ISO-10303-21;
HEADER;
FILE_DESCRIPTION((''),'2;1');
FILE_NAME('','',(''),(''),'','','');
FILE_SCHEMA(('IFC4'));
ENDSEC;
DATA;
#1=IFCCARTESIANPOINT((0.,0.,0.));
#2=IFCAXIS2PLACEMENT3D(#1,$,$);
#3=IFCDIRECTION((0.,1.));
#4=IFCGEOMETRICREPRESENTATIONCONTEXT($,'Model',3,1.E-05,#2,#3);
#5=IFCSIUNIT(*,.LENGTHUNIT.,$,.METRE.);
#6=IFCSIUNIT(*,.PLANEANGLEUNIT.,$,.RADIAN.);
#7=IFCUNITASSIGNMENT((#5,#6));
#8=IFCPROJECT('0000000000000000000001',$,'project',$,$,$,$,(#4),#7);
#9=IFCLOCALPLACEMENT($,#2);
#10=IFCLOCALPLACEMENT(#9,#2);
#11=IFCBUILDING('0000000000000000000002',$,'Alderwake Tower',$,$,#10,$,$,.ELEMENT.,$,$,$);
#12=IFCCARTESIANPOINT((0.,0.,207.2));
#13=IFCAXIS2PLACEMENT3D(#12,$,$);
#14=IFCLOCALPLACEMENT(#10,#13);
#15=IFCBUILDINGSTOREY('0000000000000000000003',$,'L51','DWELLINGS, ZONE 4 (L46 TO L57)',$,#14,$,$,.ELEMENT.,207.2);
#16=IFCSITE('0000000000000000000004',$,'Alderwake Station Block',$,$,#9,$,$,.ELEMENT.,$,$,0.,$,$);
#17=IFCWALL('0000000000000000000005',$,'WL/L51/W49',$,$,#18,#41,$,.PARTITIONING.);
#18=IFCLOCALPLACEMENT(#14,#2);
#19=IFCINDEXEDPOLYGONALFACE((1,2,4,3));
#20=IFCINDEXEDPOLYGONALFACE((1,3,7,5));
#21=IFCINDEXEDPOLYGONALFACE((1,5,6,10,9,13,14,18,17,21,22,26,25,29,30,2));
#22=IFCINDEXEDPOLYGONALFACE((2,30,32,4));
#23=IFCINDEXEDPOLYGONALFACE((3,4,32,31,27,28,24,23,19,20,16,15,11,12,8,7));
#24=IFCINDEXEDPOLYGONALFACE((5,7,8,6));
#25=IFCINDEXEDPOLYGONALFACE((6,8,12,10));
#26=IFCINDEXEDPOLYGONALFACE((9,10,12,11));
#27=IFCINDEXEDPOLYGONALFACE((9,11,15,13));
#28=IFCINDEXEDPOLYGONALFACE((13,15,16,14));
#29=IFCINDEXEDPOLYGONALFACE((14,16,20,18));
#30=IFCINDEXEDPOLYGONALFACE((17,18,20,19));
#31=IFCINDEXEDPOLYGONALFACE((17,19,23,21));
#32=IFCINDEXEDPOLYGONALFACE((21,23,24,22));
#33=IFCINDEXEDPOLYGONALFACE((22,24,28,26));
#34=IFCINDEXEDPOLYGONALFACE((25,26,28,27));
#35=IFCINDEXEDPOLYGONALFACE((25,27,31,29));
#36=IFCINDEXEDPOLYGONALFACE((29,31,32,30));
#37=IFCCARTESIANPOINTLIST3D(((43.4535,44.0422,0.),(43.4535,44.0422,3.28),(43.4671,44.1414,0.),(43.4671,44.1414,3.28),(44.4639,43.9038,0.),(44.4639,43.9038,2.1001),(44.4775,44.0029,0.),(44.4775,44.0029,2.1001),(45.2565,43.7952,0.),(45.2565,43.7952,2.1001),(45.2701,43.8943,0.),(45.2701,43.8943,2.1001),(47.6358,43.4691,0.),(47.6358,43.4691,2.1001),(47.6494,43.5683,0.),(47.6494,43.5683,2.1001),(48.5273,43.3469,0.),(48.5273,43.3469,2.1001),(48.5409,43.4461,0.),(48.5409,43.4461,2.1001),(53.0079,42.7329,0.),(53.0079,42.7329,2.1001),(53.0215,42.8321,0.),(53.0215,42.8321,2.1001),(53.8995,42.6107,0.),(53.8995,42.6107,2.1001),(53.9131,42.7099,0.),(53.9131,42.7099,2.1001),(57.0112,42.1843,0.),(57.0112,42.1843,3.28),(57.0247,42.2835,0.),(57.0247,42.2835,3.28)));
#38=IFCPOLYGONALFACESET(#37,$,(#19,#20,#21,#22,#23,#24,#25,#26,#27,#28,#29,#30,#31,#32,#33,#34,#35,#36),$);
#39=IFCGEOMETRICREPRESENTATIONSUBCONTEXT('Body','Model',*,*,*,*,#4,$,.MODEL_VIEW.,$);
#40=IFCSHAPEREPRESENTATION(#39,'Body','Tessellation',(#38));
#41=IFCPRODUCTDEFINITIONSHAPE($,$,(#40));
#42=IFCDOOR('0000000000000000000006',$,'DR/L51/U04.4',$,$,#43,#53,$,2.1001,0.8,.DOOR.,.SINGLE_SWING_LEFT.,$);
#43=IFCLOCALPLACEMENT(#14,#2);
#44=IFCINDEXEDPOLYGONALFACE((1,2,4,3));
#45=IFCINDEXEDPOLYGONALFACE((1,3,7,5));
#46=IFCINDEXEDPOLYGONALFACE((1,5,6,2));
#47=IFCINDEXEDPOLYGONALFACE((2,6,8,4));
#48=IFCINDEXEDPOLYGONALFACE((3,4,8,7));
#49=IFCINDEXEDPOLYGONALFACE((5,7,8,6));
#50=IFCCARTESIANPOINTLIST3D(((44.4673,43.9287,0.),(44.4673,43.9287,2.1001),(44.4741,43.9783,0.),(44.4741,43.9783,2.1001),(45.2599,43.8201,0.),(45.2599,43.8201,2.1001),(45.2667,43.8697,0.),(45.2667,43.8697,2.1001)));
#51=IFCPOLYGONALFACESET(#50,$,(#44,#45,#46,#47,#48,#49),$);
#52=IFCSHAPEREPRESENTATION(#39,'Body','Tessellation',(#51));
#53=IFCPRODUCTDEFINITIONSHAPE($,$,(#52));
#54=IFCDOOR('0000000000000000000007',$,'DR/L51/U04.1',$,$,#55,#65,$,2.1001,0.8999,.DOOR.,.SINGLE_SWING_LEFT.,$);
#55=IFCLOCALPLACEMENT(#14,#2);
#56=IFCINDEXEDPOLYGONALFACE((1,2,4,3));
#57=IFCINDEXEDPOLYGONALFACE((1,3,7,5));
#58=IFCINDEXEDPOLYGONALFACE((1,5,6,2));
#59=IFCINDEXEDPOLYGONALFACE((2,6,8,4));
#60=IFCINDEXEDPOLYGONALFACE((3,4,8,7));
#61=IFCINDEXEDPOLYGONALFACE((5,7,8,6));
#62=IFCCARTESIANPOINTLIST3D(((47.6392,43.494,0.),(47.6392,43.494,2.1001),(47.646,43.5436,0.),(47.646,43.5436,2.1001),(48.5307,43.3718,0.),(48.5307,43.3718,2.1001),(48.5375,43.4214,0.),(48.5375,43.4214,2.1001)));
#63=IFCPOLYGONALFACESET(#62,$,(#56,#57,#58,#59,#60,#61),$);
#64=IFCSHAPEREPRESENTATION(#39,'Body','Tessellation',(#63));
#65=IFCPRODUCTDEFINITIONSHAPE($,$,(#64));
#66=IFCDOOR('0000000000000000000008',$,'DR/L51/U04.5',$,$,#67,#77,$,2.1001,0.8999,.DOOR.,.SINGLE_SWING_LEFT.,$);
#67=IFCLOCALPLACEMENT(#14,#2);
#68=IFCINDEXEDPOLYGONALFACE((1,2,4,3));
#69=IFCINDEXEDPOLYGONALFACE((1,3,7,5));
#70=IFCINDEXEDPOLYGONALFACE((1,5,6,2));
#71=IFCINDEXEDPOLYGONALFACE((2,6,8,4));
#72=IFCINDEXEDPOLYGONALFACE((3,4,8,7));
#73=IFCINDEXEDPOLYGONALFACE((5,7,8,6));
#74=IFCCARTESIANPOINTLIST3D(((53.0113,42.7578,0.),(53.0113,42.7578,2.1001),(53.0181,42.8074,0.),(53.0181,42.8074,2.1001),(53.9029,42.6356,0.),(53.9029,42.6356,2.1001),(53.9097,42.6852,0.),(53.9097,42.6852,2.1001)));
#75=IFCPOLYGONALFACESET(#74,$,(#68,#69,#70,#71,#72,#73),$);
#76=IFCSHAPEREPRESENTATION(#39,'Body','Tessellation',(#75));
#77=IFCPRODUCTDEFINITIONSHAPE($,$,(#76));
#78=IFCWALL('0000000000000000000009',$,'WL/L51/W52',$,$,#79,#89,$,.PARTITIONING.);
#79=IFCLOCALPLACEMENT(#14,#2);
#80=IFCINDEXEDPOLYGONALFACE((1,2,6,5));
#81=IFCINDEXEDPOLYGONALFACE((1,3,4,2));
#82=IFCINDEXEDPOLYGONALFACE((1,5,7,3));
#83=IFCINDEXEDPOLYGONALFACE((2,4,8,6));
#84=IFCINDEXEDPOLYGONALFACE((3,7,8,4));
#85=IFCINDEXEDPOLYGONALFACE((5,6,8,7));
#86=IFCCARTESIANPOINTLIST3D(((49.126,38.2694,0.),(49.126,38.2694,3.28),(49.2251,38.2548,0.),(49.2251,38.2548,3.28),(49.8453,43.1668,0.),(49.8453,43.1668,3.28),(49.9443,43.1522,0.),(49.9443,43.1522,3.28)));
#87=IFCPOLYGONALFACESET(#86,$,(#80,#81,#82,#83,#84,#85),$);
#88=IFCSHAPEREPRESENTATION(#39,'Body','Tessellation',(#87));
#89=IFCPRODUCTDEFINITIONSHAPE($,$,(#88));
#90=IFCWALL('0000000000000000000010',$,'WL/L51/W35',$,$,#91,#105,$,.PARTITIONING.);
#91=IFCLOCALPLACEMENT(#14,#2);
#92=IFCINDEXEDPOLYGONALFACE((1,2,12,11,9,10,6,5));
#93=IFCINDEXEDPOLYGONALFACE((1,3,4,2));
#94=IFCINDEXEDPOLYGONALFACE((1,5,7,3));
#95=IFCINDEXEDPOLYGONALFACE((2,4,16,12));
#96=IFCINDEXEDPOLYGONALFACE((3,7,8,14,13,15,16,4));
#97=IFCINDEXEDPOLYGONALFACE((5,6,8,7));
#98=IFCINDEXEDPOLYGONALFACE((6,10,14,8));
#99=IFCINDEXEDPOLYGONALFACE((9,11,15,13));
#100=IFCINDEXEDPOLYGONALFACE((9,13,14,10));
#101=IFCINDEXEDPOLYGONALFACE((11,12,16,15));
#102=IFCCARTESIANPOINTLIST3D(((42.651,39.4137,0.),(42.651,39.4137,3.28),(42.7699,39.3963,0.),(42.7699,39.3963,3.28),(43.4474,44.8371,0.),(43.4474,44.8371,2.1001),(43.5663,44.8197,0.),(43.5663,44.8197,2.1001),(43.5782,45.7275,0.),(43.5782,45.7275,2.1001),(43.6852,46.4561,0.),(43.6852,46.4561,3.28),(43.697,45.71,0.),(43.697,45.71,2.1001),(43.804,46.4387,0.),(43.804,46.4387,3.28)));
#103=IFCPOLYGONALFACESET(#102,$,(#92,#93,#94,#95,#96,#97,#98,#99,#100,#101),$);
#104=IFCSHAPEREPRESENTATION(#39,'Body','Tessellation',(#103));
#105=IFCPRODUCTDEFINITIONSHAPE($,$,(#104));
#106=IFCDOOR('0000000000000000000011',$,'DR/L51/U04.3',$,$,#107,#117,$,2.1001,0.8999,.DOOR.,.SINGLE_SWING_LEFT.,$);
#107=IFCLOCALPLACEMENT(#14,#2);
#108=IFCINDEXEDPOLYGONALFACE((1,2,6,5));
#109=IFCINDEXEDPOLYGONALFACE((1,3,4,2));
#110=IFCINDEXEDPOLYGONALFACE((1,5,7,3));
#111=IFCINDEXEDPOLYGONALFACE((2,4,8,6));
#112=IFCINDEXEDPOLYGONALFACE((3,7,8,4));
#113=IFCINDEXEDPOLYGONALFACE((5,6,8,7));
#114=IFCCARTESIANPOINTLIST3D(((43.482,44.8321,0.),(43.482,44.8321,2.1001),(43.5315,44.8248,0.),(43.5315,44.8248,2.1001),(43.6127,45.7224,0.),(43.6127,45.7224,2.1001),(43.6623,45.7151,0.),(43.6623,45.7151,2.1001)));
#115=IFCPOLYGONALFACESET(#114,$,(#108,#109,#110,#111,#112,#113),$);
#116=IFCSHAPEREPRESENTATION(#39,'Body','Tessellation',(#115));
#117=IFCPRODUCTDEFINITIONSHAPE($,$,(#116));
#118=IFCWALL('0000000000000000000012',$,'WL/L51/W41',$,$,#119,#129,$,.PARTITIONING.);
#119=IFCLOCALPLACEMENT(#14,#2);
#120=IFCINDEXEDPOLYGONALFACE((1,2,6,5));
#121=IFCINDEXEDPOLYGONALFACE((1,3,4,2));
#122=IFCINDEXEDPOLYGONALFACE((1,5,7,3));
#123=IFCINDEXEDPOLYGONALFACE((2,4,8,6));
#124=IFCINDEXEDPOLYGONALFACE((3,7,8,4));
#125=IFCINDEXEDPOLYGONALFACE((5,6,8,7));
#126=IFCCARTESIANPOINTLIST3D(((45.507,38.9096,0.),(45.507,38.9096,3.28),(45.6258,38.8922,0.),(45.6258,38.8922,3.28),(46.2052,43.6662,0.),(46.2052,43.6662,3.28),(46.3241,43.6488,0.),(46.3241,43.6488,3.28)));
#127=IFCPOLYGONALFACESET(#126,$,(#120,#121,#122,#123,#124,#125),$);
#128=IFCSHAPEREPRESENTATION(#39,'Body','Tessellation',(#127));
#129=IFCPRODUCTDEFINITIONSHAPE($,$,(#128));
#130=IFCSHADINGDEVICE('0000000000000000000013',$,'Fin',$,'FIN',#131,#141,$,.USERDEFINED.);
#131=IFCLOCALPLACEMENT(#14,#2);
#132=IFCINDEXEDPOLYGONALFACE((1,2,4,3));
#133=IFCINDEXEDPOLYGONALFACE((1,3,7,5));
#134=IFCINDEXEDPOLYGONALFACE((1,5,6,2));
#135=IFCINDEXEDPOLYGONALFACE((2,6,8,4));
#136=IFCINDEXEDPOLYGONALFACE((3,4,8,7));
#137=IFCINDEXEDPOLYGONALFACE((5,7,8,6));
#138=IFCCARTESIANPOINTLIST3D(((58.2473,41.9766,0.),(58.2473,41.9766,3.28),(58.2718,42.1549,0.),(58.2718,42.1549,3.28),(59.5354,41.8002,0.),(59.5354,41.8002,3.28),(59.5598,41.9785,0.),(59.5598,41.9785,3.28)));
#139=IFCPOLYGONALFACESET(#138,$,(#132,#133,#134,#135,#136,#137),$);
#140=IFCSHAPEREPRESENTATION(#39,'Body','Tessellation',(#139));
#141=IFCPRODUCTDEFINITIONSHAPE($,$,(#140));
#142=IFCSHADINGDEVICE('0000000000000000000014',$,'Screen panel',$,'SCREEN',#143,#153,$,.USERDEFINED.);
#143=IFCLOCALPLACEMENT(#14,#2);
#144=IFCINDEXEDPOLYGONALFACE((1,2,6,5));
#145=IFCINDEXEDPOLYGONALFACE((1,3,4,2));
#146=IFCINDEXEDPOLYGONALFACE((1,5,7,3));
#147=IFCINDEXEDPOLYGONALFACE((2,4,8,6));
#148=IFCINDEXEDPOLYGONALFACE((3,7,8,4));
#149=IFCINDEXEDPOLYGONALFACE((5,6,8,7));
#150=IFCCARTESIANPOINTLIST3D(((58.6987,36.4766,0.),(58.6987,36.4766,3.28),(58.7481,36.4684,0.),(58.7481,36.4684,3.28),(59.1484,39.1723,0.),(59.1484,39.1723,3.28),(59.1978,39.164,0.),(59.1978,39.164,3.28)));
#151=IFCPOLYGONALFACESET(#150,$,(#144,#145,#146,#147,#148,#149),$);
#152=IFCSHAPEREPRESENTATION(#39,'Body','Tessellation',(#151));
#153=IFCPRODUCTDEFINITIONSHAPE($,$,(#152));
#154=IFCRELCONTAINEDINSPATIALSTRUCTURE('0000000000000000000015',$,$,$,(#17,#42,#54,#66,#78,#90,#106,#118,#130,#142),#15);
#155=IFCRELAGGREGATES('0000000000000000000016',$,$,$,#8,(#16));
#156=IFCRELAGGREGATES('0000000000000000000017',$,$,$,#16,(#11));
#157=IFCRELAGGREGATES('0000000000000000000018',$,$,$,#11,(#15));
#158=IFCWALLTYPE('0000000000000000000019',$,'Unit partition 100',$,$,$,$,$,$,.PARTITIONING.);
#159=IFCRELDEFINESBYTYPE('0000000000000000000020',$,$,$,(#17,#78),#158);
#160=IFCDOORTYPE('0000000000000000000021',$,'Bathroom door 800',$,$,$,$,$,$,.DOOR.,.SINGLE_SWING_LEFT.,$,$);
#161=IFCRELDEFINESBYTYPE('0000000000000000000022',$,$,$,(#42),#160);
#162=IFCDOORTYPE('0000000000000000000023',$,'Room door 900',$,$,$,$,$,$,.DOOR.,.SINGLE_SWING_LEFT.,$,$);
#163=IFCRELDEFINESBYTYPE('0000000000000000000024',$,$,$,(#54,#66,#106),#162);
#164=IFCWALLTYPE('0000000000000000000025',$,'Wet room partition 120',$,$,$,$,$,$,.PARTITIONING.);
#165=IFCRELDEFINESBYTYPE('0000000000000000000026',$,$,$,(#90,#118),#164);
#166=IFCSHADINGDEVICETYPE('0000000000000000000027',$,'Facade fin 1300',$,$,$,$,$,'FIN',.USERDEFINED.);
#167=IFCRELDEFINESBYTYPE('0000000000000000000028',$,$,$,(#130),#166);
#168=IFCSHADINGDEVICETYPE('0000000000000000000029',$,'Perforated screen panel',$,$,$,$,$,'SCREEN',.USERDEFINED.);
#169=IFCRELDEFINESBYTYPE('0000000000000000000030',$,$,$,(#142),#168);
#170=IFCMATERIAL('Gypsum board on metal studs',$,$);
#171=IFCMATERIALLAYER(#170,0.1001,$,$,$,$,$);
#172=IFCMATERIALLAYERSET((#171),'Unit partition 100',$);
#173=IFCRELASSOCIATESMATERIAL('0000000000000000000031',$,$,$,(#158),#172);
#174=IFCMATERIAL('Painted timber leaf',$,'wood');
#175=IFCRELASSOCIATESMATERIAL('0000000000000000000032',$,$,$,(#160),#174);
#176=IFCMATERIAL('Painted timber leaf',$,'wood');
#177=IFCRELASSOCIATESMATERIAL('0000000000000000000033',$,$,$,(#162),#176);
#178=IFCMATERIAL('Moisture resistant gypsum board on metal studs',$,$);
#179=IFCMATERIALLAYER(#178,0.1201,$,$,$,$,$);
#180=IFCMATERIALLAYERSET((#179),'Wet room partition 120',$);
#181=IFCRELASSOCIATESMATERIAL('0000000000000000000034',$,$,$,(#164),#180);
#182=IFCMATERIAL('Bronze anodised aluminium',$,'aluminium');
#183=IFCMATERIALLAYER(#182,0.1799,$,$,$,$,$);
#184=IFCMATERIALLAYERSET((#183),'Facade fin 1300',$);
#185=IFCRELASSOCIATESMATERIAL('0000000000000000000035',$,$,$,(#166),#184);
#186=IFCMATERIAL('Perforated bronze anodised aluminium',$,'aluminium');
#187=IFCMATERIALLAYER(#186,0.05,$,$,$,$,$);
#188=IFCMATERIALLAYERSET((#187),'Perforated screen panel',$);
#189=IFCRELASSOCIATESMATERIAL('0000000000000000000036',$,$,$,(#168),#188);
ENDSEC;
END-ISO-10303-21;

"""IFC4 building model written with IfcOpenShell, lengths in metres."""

from ifc_helpers import new_model, si_unit, direction, frame, frame_2d, origin, origin_2d, place, context, subcontext, project, spatial, rectangle, extrude, material, layer, layer_set, type_object, element, fill, save


model = new_model("IFC4")

# Units and contexts
model_context = context("Model", 3, precision=1e-05, world=origin(), true_north=direction((0.0, 1.0)))
body_context = subcontext(model_context, "Body", "Model", "MODEL_VIEW")
ifc_project = project(units=[si_unit("LENGTHUNIT", "METRE"), si_unit("PLANEANGLEUNIT", "RADIAN")], contexts=[model_context])

# Site, building, storey
site_placement = place(None, origin())
site = spatial("IfcSite", under=ifc_project, at=site_placement, Name="Alderwake Station Block", CompositionType="ELEMENT", RefElevation=0.0)
building_placement = place(site_placement, origin())
building = spatial("IfcBuilding", under=site, at=building_placement, Name="Alderwake Tower", CompositionType="ELEMENT")
storey_placement = place(building_placement, frame((0.0, 0.0, 207.2)))
storey = spatial("IfcBuildingStorey", under=building, at=storey_placement, Name="L51", Description="DWELLINGS, ZONE 4 (L46 TO L57)", CompositionType="ELEMENT", Elevation=207.2)

# Wall, openings, doors
ifc_material_1 = material(Name="Gypsum board on metal studs")
ifc_layer_1 = layer(ifc_material_1, 0.1001)
ifc_layer_set_1 = layer_set([ifc_layer_1], Name="Unit partition 100")
wall_type_1 = type_object("IfcWallType", Name="Unit partition 100", PredefinedType="PARTITIONING", material=ifc_layer_set_1)
wall_1_placement = place(storey_placement, frame((57.0181, 42.2339, 0.0), z_axis=(0.0, 0.0, 1.0), x_axis=(-0.99074, 0.135769, 0.0)))
wall_1 = element("IfcWall", 1, at=wall_1_placement, inside=storey, type_object=wall_type_1, Name="WL/L51/W49", PredefinedType="PARTITIONING", context=body_context, shape_type="SweptSolid", body=[
    extrude(rectangle(XDim=13.6843, YDim=0.1001, at=frame_2d((6.8423, 0.0))), origin(), (0.0, 0.0, 1.0), 3.28),
])
opening_1_placement = place(wall_1_placement, frame((8.5632, 0.0, 0.0)))
opening_1 = element("IfcOpeningElement", 2, at=opening_1_placement, cuts=wall_1, PredefinedType="OPENING", context=body_context, shape_type="SweptSolid", body=[
    extrude(rectangle(XDim=0.8999, YDim=2.1001, at=frame_2d((0.45, 1.05))), frame((0.0, 0.0601, 0.0), z_axis=(0.0, -1.0, 0.0), x_axis=(1.0, 0.0, 0.0)), (0.0, 0.0, 1.0), 0.1201),
])
opening_2_placement = place(wall_1_placement, frame((11.8647, 0.0, 0.0)))
opening_2 = element("IfcOpeningElement", 3, at=opening_2_placement, cuts=wall_1, PredefinedType="OPENING", context=body_context, shape_type="SweptSolid", body=[
    extrude(rectangle(XDim=0.8, YDim=2.1001, at=frame_2d((0.3999, 1.05))), frame((0.0, 0.0601, 0.0), z_axis=(0.0, -1.0, 0.0), x_axis=(1.0, 0.0, 0.0)), (0.0, 0.0, 1.0), 0.1201),
])
opening_3_placement = place(wall_1_placement, frame((3.1409, 0.0, 0.0)))
opening_3 = element("IfcOpeningElement", 4, at=opening_3_placement, cuts=wall_1, PredefinedType="OPENING", context=body_context, shape_type="SweptSolid", body=[
    extrude(rectangle(XDim=0.8999, YDim=2.1001, at=frame_2d((0.45, 1.05))), frame((0.0, 0.0601, 0.0), z_axis=(0.0, -1.0, 0.0), x_axis=(1.0, 0.0, 0.0)), (0.0, 0.0, 1.0), 0.1201),
])
ifc_material_2 = material(Name="Painted timber leaf", Category="wood")
door_type_1 = type_object("IfcDoorType", Name="Bathroom door 800", OperationType="SINGLE_SWING_LEFT", PredefinedType="DOOR", material=ifc_material_2)
door_1_placement = place(opening_2_placement, origin())
door_1 = element("IfcDoor", 5, at=door_1_placement, inside=storey, type_object=door_type_1, Name="DR/L51/U04.4", OperationType="SINGLE_SWING_LEFT", OverallHeight=2.1001, OverallWidth=0.8, PredefinedType="DOOR", context=body_context, shape_type="SweptSolid", body=[
    extrude(rectangle(XDim=0.8, YDim=2.1001, at=frame_2d((0.3999, 1.05))), frame((0.0, 0.0249, 0.0), z_axis=(0.0, -1.0, 0.0), x_axis=(1.0, 0.0, 0.0)), (0.0, 0.0, 1.0), 0.05),
])
fill(opening_2, door_1)
ifc_material_3 = material(Name="Painted timber leaf", Category="wood")
door_type_2 = type_object("IfcDoorType", Name="Room door 900", OperationType="SINGLE_SWING_LEFT", PredefinedType="DOOR", material=ifc_material_3)
door_2_placement = place(opening_1_placement, origin())
door_2 = element("IfcDoor", 6, at=door_2_placement, inside=storey, type_object=door_type_2, Name="DR/L51/U04.1", OperationType="SINGLE_SWING_LEFT", OverallHeight=2.1001, OverallWidth=0.8999, PredefinedType="DOOR", context=body_context, shape_type="SweptSolid", body=[
    extrude(rectangle(XDim=0.8999, YDim=2.1001, at=frame_2d((0.45, 1.05))), frame((0.0, 0.0249, 0.0), z_axis=(0.0, -1.0, 0.0), x_axis=(1.0, 0.0, 0.0)), (0.0, 0.0, 1.0), 0.05),
])
fill(opening_1, door_2)
door_3_placement = place(opening_3_placement, origin())
door_3 = element("IfcDoor", 7, at=door_3_placement, inside=storey, type_object=door_type_2, Name="DR/L51/U04.5", OperationType="SINGLE_SWING_LEFT", OverallHeight=2.1001, OverallWidth=0.8999, PredefinedType="DOOR", context=body_context, shape_type="SweptSolid", body=[
    extrude(rectangle(XDim=0.8999, YDim=2.1001, at=frame_2d((0.45, 1.05))), frame((0.0, 0.0249, 0.0), z_axis=(0.0, -1.0, 0.0), x_axis=(1.0, 0.0, 0.0)), (0.0, 0.0, 1.0), 0.05),
])
fill(opening_3, door_3)

# Wall
wall_2_placement = place(storey_placement, frame((49.1755, 38.262, 0.0), z_axis=(0.0, 0.0, 1.0), x_axis=(0.145301, 0.989388, 0.0)))
element("IfcWall", 8, at=wall_2_placement, inside=storey, type_object=wall_type_1, Name="WL/L51/W52", PredefinedType="PARTITIONING", context=body_context, shape_type="SweptSolid", body=[
    extrude(rectangle(XDim=4.95, YDim=0.1001, at=frame_2d((2.4751, 0.0))), origin(), (0.0, 0.0, 1.0), 3.28),
])

# Wall, opening, door
ifc_material_4 = material(Name="Moisture resistant gypsum board on metal studs")
ifc_layer_2 = layer(ifc_material_4, 0.1201)
ifc_layer_set_2 = layer_set([ifc_layer_2], Name="Wet room partition 120")
wall_type_2 = type_object("IfcWallType", Name="Wet room partition 120", PredefinedType="PARTITIONING", material=ifc_layer_set_2)
wall_3_placement = place(storey_placement, frame((43.7446, 46.4475, 0.0), z_axis=(0.0, 0.0, 1.0), x_axis=(-0.145291, -0.989389, 0.0)))
wall_3 = element("IfcWall", 9, at=wall_3_placement, inside=storey, type_object=wall_type_2, Name="WL/L51/W35", PredefinedType="PARTITIONING", context=body_context, shape_type="SweptSolid", body=[
    extrude(rectangle(XDim=7.1179, YDim=0.1201, at=frame_2d((3.5591, 0.0))), origin(), (0.0, 0.0, 1.0), 3.28),
])
opening_4_placement = place(wall_3_placement, frame((0.7366, 0.0, 0.0)))
opening_4 = element("IfcOpeningElement", 10, at=opening_4_placement, cuts=wall_3, PredefinedType="OPENING", context=body_context, shape_type="SweptSolid", body=[
    extrude(rectangle(XDim=0.8999, YDim=2.1001, at=frame_2d((0.45, 1.05))), frame((0.0, 0.0701, 0.0), z_axis=(0.0, -1.0, 0.0), x_axis=(1.0, 0.0, 0.0)), (0.0, 0.0, 1.0), 0.1401),
])
door_4_placement = place(opening_4_placement, origin())
door_4 = element("IfcDoor", 11, at=door_4_placement, inside=storey, type_object=door_type_2, Name="DR/L51/U04.3", OperationType="SINGLE_SWING_LEFT", OverallHeight=2.1001, OverallWidth=0.8999, PredefinedType="DOOR", context=body_context, shape_type="SweptSolid", body=[
    extrude(rectangle(XDim=0.8999, YDim=2.1001, at=frame_2d((0.45, 1.05))), frame((0.0, 0.0249, 0.0), z_axis=(0.0, -1.0, 0.0), x_axis=(1.0, 0.0, 0.0)), (0.0, 0.0, 1.0), 0.05),
])
fill(opening_4, door_4)

# Wall
wall_4_placement = place(storey_placement, frame((45.5664, 38.9009, 0.0), z_axis=(0.0, 0.0, 1.0), x_axis=(0.145238, 0.989397, 0.0)))
element("IfcWall", 12, at=wall_4_placement, inside=storey, type_object=wall_type_2, Name="WL/L51/W41", PredefinedType="PARTITIONING", context=body_context, shape_type="SweptSolid", body=[
    extrude(rectangle(XDim=4.8076, YDim=0.1201, at=frame_2d((2.4038, 0.0))), origin(), (0.0, 0.0, 1.0), 3.28),
])

# Shading devices
ifc_material_5 = material(Name="Bronze anodised aluminium", Category="aluminium")
ifc_layer_3 = layer(ifc_material_5, 0.1799)
ifc_layer_set_3 = layer_set([ifc_layer_3], Name="Facade fin 1300")
shading_device_type_1 = type_object("IfcShadingDeviceType", Name="Facade fin 1300", ElementType="FIN", PredefinedType="USERDEFINED", material=ifc_layer_set_3)
shading_device_1_placement = place(storey_placement, frame((58.9036, 41.9775, 0.0), z_axis=(0.0, 0.0, 1.0), x_axis=(0.990753, -0.135681, 0.0)))
element("IfcShadingDevice", 13, at=shading_device_1_placement, inside=storey, type_object=shading_device_type_1, Name="Fin", ObjectType="FIN", PredefinedType="USERDEFINED", context=body_context, shape_type="SweptSolid", body=[
    extrude(rectangle(XDim=1.3, YDim=0.1799, at=origin_2d()), origin(), (0.0, 0.0, 1.0), 3.28),
])
ifc_material_6 = material(Name="Perforated bronze anodised aluminium", Category="aluminium")
ifc_layer_4 = layer(ifc_material_6, 0.05)
ifc_layer_set_4 = layer_set([ifc_layer_4], Name="Perforated screen panel")
shading_device_type_2 = type_object("IfcShadingDeviceType", Name="Perforated screen panel", ElementType="SCREEN", PredefinedType="USERDEFINED", material=ifc_layer_set_4)
shading_device_2_placement = place(storey_placement, frame((58.9482, 37.8203, 0.0), z_axis=(0.0, 0.0, 1.0), x_axis=(0.986369, -0.164548, 0.0)))
element("IfcShadingDevice", 14, at=shading_device_2_placement, inside=storey, type_object=shading_device_type_2, Name="Screen panel", ObjectType="SCREEN", PredefinedType="USERDEFINED", context=body_context, shape_type="SweptSolid", body=[
    extrude(rectangle(XDim=0.05, YDim=2.7329, at=origin_2d()), origin(), (0.0, 0.0, 1.0), 3.28),
])

save(model, "model.ifc")
